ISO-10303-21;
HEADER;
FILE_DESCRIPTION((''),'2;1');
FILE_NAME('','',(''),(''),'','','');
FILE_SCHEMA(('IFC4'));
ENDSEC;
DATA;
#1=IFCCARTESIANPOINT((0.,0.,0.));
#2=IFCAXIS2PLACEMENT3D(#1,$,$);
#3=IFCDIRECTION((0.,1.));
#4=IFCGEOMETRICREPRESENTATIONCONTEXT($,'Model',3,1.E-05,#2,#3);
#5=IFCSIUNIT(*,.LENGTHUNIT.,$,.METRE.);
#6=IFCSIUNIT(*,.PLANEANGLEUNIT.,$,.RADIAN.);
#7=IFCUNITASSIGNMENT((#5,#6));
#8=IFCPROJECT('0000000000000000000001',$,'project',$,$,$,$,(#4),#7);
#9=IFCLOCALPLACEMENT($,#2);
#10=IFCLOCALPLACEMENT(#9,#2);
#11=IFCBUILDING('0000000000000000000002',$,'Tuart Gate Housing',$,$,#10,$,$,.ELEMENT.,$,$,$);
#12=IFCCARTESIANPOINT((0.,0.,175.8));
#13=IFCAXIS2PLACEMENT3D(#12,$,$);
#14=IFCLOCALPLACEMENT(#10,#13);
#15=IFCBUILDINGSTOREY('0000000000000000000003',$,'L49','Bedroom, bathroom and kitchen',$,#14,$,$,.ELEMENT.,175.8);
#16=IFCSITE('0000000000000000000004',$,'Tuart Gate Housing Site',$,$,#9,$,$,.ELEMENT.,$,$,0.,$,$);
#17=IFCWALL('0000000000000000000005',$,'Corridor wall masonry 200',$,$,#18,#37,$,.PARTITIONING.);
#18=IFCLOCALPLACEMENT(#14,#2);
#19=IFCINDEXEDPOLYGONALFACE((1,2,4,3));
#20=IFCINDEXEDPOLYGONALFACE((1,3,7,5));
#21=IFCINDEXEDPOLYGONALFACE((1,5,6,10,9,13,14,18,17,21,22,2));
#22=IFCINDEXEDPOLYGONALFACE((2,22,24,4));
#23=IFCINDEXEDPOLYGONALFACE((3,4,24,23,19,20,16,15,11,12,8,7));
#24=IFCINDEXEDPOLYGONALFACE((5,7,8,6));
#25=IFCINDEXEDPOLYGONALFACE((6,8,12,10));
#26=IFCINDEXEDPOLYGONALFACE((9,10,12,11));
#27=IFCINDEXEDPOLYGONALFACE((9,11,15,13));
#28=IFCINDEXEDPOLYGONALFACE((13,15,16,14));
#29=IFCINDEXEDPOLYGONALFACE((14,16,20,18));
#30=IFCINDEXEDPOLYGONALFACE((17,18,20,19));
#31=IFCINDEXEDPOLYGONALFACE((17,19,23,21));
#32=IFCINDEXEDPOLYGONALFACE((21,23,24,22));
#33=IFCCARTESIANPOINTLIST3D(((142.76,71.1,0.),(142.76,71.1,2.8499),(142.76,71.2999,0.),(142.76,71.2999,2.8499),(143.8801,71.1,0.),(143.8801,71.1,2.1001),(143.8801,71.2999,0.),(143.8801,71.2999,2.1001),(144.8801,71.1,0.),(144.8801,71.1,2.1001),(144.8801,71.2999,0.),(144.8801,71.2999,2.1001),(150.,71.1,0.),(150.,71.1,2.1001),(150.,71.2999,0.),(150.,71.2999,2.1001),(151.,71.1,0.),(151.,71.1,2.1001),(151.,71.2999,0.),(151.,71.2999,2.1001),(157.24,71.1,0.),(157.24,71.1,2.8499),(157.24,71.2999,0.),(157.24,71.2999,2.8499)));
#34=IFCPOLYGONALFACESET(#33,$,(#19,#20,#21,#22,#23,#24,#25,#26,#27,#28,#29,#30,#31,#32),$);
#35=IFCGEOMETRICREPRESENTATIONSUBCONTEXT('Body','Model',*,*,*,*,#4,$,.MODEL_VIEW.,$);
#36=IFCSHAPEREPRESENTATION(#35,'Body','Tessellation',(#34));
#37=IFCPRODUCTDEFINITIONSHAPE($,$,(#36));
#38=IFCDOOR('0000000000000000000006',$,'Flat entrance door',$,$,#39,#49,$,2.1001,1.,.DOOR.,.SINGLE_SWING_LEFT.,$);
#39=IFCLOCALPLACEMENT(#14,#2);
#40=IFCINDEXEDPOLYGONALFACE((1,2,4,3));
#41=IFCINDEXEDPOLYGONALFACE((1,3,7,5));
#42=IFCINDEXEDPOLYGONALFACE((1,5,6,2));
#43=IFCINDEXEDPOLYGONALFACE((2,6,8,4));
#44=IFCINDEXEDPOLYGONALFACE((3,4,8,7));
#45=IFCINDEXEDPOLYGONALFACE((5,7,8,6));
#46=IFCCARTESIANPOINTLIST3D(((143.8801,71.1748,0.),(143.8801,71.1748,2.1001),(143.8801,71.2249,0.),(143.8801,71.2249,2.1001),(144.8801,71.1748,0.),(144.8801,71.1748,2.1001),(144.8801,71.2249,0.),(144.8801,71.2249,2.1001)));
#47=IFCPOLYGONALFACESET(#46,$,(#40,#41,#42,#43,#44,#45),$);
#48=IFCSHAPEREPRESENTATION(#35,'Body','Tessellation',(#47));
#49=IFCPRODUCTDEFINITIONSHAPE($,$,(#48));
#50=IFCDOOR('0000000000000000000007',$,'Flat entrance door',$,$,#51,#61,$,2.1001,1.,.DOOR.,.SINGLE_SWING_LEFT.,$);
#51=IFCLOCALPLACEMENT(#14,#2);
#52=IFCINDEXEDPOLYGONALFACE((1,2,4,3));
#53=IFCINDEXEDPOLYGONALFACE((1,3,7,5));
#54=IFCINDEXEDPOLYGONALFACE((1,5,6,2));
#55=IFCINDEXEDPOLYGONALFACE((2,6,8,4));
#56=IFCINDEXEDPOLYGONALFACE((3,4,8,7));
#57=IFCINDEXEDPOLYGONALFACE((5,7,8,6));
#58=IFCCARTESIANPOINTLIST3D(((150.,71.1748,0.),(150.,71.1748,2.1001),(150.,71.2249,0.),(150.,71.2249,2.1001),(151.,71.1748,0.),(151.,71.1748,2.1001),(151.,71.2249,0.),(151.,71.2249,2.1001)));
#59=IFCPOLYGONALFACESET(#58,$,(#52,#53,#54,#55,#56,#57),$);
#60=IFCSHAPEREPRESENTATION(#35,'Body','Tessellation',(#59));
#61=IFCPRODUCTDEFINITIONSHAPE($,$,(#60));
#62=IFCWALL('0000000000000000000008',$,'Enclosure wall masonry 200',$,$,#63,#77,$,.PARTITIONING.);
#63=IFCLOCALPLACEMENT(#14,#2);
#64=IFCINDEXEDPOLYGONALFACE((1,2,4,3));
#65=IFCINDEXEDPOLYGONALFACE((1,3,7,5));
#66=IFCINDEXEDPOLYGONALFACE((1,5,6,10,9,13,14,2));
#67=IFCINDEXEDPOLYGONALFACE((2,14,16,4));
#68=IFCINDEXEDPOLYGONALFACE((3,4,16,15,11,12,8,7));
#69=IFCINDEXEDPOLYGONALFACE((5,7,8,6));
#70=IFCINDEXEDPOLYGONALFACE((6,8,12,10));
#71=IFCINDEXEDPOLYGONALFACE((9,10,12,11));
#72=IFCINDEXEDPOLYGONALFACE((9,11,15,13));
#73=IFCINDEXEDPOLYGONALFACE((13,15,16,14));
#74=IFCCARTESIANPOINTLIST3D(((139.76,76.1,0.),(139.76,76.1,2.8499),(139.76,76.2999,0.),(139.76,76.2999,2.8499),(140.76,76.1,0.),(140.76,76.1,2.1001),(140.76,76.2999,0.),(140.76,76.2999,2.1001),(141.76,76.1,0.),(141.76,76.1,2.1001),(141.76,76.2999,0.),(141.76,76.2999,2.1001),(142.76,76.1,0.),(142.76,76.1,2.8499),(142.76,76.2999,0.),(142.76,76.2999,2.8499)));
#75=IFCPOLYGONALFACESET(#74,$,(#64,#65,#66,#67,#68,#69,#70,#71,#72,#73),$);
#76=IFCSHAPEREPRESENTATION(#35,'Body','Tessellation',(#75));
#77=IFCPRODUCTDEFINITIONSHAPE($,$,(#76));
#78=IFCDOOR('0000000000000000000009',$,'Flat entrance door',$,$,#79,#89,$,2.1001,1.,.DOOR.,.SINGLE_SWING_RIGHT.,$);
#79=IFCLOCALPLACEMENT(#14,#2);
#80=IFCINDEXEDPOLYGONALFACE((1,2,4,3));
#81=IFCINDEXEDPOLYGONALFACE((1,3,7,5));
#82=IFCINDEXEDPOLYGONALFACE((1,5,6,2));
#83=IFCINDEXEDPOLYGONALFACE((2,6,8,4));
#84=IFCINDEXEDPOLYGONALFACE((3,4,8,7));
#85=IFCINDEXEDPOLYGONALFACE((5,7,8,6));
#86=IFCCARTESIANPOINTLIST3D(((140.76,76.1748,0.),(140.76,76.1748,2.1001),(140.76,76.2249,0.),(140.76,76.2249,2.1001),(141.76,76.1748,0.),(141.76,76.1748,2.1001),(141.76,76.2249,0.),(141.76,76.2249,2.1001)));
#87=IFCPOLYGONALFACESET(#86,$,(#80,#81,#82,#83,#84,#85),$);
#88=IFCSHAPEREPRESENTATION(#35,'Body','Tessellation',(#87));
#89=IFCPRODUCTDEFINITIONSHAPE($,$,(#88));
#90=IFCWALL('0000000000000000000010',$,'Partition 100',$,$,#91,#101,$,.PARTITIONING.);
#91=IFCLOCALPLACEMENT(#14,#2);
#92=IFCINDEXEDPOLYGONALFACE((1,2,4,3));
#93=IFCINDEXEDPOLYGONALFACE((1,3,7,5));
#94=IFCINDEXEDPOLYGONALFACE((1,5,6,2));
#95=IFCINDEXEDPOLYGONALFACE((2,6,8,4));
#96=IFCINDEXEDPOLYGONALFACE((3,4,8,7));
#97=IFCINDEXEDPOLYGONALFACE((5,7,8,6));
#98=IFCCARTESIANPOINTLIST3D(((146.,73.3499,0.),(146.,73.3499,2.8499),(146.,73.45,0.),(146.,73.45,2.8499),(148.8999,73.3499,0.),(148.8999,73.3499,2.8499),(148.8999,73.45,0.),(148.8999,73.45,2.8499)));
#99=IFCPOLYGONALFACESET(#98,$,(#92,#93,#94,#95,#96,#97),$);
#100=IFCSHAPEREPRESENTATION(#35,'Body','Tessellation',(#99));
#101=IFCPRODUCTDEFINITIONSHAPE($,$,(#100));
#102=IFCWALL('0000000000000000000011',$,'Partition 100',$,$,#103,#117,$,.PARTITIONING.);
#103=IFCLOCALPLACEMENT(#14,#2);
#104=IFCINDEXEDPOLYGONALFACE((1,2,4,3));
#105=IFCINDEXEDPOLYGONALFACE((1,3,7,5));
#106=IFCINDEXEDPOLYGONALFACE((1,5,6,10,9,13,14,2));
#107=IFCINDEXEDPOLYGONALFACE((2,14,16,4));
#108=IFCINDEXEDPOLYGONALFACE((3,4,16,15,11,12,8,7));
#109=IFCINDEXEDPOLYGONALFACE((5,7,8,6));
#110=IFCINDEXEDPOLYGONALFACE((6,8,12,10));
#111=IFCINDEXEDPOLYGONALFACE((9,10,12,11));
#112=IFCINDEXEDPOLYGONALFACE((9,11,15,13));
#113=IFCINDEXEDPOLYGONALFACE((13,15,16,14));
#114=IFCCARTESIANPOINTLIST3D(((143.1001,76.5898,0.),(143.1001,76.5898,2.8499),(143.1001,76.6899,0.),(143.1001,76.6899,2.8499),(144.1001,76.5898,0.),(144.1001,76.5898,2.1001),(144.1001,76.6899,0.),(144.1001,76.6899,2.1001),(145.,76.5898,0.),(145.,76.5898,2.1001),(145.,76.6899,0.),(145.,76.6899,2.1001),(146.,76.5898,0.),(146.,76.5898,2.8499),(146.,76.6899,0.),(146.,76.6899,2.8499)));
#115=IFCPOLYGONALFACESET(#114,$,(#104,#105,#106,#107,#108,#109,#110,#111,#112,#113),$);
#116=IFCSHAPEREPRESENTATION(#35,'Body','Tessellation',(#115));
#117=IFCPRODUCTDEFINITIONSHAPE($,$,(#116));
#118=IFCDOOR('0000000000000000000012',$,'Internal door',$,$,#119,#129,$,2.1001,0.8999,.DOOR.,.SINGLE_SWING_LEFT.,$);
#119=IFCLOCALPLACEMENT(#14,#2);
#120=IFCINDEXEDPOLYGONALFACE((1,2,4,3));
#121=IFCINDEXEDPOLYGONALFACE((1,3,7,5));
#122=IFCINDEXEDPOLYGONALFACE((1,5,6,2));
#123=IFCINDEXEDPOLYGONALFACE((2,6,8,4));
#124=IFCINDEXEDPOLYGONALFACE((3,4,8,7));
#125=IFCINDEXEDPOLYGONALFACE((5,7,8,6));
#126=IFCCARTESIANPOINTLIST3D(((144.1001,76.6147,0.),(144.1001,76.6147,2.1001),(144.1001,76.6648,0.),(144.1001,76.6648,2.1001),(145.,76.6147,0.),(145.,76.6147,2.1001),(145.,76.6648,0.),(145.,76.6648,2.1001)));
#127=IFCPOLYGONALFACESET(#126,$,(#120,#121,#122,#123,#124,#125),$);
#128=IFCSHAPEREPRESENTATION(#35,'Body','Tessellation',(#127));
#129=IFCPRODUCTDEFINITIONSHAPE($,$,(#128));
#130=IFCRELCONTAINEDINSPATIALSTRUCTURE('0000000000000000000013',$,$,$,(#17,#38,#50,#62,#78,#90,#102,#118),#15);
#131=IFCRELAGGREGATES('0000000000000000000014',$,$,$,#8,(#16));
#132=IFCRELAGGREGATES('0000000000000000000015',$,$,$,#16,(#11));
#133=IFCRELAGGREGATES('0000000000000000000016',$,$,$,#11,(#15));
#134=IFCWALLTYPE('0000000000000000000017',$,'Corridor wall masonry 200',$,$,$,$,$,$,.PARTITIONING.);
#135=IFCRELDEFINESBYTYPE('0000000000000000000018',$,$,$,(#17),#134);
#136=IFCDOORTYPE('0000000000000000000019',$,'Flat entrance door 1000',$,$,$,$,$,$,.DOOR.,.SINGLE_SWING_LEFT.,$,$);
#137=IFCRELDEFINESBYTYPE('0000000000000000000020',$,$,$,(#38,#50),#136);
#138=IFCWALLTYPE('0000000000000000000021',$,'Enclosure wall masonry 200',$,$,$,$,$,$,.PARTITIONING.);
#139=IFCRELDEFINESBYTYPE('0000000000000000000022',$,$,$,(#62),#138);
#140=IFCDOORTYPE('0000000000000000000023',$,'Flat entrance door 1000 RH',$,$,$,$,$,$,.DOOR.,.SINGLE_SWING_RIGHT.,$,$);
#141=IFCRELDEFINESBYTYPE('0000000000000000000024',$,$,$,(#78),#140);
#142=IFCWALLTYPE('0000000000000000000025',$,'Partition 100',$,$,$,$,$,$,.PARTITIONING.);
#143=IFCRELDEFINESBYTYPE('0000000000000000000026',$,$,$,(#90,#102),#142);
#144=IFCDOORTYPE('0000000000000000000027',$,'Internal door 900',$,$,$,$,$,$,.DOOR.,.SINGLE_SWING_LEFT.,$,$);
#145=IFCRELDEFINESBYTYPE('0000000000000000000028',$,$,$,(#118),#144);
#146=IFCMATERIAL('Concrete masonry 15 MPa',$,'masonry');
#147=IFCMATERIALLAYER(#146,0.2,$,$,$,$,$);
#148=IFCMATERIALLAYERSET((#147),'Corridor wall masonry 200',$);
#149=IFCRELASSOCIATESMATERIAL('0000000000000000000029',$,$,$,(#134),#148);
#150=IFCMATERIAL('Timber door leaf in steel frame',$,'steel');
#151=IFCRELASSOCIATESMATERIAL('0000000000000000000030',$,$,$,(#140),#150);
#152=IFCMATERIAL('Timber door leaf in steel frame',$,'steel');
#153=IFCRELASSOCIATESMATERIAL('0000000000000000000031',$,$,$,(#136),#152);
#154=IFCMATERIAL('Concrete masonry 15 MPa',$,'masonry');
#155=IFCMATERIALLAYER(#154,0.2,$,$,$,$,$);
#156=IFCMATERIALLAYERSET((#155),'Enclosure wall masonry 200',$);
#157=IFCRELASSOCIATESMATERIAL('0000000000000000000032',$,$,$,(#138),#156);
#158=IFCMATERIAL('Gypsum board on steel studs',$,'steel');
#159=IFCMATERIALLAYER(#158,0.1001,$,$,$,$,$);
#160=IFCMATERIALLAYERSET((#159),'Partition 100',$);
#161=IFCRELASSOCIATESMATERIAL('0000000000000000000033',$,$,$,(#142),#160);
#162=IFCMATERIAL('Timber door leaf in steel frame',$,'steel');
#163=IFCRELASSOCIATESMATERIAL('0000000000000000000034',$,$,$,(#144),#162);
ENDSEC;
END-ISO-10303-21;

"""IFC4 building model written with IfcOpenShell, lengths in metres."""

from ifc_helpers import new_model, si_unit, direction, frame, frame_2d, origin, place, context, subcontext, project, spatial, rectangle, extrude, material, layer, layer_set, type_object, element, fill, save


model = new_model("IFC4")

# Units and contexts
model_context = context("Model", 3, precision=1e-05, world=origin(), true_north=direction((0.0, 1.0)))
body_context = subcontext(model_context, "Body", "Model", "MODEL_VIEW")
ifc_project = project(units=[si_unit("LENGTHUNIT", "METRE"), si_unit("PLANEANGLEUNIT", "RADIAN")], contexts=[model_context])

# Site, building, storey
site_placement = place(None, origin())
site = spatial("IfcSite", under=ifc_project, at=site_placement, Name="Tuart Gate Housing Site", CompositionType="ELEMENT", RefElevation=0.0)
building_placement = place(site_placement, origin())
building = spatial("IfcBuilding", under=site, at=building_placement, Name="Tuart Gate Housing", CompositionType="ELEMENT")
storey_placement = place(building_placement, frame((0.0, 0.0, 175.8)))
storey = spatial("IfcBuildingStorey", under=building, at=storey_placement, Name="L49", Description="Bedroom, bathroom and kitchen", CompositionType="ELEMENT", Elevation=175.8)

# Wall, openings, doors
ifc_material_1 = material(Name="Concrete masonry 15 MPa", Category="masonry")
ifc_layer_1 = layer(ifc_material_1, 0.2)
ifc_layer_set_1 = layer_set([ifc_layer_1], Name="Corridor wall masonry 200")
wall_type_1 = type_object("IfcWallType", Name="Corridor wall masonry 200", PredefinedType="PARTITIONING", material=ifc_layer_set_1)
ifc_material_2 = material(Name="Timber door leaf in steel frame", Category="steel")
door_type_1 = type_object("IfcDoorType", Name="Flat entrance door 1000 RH", OperationType="SINGLE_SWING_RIGHT", PredefinedType="DOOR", material=ifc_material_2)
wall_1_placement = place(storey_placement, frame((142.76, 71.2, 0.0), z_axis=(0.0, 0.0, 1.0), x_axis=(1.0, 0.0, 0.0)))
wall_1 = element("IfcWall", 1, at=wall_1_placement, inside=storey, type_object=wall_type_1, Name="Corridor wall masonry 200", PredefinedType="PARTITIONING", context=body_context, shape_type="SweptSolid", body=[
    extrude(rectangle(XDim=14.48, YDim=0.2, at=frame_2d((7.24, 0.0))), origin(), (0.0, 0.0, 1.0), 2.8499),
])
opening_1_placement = place(wall_1_placement, frame((1.1201, 0.0, 0.0)))
opening_1 = element("IfcOpeningElement", 2, at=opening_1_placement, cuts=wall_1, PredefinedType="OPENING", context=body_context, shape_type="SweptSolid", body=[
    extrude(rectangle(XDim=1.0, YDim=2.1001, at=frame_2d((0.5, 1.05))), frame((0.0, 0.1099, 0.0), z_axis=(0.0, -1.0, 0.0), x_axis=(1.0, 0.0, 0.0)), (0.0, 0.0, 1.0), 0.22),
])
opening_2_placement = place(wall_1_placement, frame((7.24, 0.0, 0.0)))
opening_2 = element("IfcOpeningElement", 3, at=opening_2_placement, cuts=wall_1, PredefinedType="OPENING", context=body_context, shape_type="SweptSolid", body=[
    extrude(rectangle(XDim=1.0, YDim=2.1001, at=frame_2d((0.5, 1.05))), frame((0.0, 0.1099, 0.0), z_axis=(0.0, -1.0, 0.0), x_axis=(1.0, 0.0, 0.0)), (0.0, 0.0, 1.0), 0.22),
])
ifc_material_3 = material(Name="Timber door leaf in steel frame", Category="steel")
door_type_2 = type_object("IfcDoorType", Name="Flat entrance door 1000", OperationType="SINGLE_SWING_LEFT", PredefinedType="DOOR", material=ifc_material_3)
door_1_placement = place(opening_1_placement, origin())
door_1 = element("IfcDoor", 4, at=door_1_placement, inside=storey, type_object=door_type_2, Name="Flat entrance door", OperationType="SINGLE_SWING_LEFT", OverallHeight=2.1001, OverallWidth=1.0, PredefinedType="DOOR", context=body_context, shape_type="SweptSolid", body=[
    extrude(rectangle(XDim=1.0, YDim=2.1001, at=frame_2d((0.5, 1.05))), frame((0.0, 0.0249, 0.0), z_axis=(0.0, -1.0, 0.0), x_axis=(1.0, 0.0, 0.0)), (0.0, 0.0, 1.0), 0.05),
])
fill(opening_1, door_1)
door_2_placement = place(opening_2_placement, origin())
door_2 = element("IfcDoor", 5, at=door_2_placement, inside=storey, type_object=door_type_2, Name="Flat entrance door", OperationType="SINGLE_SWING_LEFT", OverallHeight=2.1001, OverallWidth=1.0, PredefinedType="DOOR", context=body_context, shape_type="SweptSolid", body=[
    extrude(rectangle(XDim=1.0, YDim=2.1001, at=frame_2d((0.5, 1.05))), frame((0.0, 0.0249, 0.0), z_axis=(0.0, -1.0, 0.0), x_axis=(1.0, 0.0, 0.0)), (0.0, 0.0, 1.0), 0.05),
])
fill(opening_2, door_2)

# Wall, opening, door
ifc_material_4 = material(Name="Concrete masonry 15 MPa", Category="masonry")
ifc_layer_2 = layer(ifc_material_4, 0.2)
ifc_layer_set_2 = layer_set([ifc_layer_2], Name="Enclosure wall masonry 200")
wall_type_2 = type_object("IfcWallType", Name="Enclosure wall masonry 200", PredefinedType="PARTITIONING", material=ifc_layer_set_2)
wall_2_placement = place(storey_placement, frame((139.76, 76.2, 0.0), z_axis=(0.0, 0.0, 1.0), x_axis=(1.0, 0.0, 0.0)))
wall_2 = element("IfcWall", 6, at=wall_2_placement, inside=storey, type_object=wall_type_2, Name="Enclosure wall masonry 200", PredefinedType="PARTITIONING", context=body_context, shape_type="SweptSolid", body=[
    extrude(rectangle(XDim=3.0, YDim=0.2, at=frame_2d((1.5, 0.0))), origin(), (0.0, 0.0, 1.0), 2.8499),
])
opening_3_placement = place(wall_2_placement, frame((1.0, 0.0, 0.0)))
opening_3 = element("IfcOpeningElement", 7, at=opening_3_placement, cuts=wall_2, PredefinedType="OPENING", context=body_context, shape_type="SweptSolid", body=[
    extrude(rectangle(XDim=1.0, YDim=2.1001, at=frame_2d((0.5, 1.05))), frame((0.0, 0.1099, 0.0), z_axis=(0.0, -1.0, 0.0), x_axis=(1.0, 0.0, 0.0)), (0.0, 0.0, 1.0), 0.22),
])
door_3_placement = place(opening_3_placement, origin())
door_3 = element("IfcDoor", 8, at=door_3_placement, inside=storey, type_object=door_type_1, Name="Flat entrance door", OperationType="SINGLE_SWING_RIGHT", OverallHeight=2.1001, OverallWidth=1.0, PredefinedType="DOOR", context=body_context, shape_type="SweptSolid", body=[
    extrude(rectangle(XDim=1.0, YDim=2.1001, at=frame_2d((0.5, 1.05))), frame((0.0, 0.0249, 0.0), z_axis=(0.0, -1.0, 0.0), x_axis=(1.0, 0.0, 0.0)), (0.0, 0.0, 1.0), 0.05),
])
fill(opening_3, door_3)

# Wall
ifc_material_5 = material(Name="Gypsum board on steel studs", Category="steel")
ifc_layer_3 = layer(ifc_material_5, 0.1001)
ifc_layer_set_3 = layer_set([ifc_layer_3], Name="Partition 100")
wall_type_3 = type_object("IfcWallType", Name="Partition 100", PredefinedType="PARTITIONING", material=ifc_layer_set_3)
wall_3_placement = place(storey_placement, frame((146.0, 73.3999, 0.0), z_axis=(0.0, 0.0, 1.0), x_axis=(1.0, 0.0, 0.0)))
element("IfcWall", 9, at=wall_3_placement, inside=storey, type_object=wall_type_3, Name="Partition 100", PredefinedType="PARTITIONING", context=body_context, shape_type="SweptSolid", body=[
    extrude(rectangle(XDim=2.8999, YDim=0.1001, at=frame_2d((1.45, 0.0))), origin(), (0.0, 0.0, 1.0), 2.8499),
])

# Wall, opening, door
wall_4_placement = place(storey_placement, frame((143.1001, 76.6399, 0.0), z_axis=(0.0, 0.0, 1.0), x_axis=(1.0, 0.0, 0.0)))
wall_4 = element("IfcWall", 10, at=wall_4_placement, inside=storey, type_object=wall_type_3, Name="Partition 100", PredefinedType="PARTITIONING", context=body_context, shape_type="SweptSolid", body=[
    extrude(rectangle(XDim=2.8999, YDim=0.1001, at=frame_2d((1.45, 0.0))), origin(), (0.0, 0.0, 1.0), 2.8499),
])
opening_4_placement = place(wall_4_placement, frame((1.0, 0.0, 0.0)))
opening_4 = element("IfcOpeningElement", 11, at=opening_4_placement, cuts=wall_4, PredefinedType="OPENING", context=body_context, shape_type="SweptSolid", body=[
    extrude(rectangle(XDim=0.8999, YDim=2.1001, at=frame_2d((0.45, 1.05))), frame((0.0, 0.0601, 0.0), z_axis=(0.0, -1.0, 0.0), x_axis=(1.0, 0.0, 0.0)), (0.0, 0.0, 1.0), 0.1201),
])
ifc_material_6 = material(Name="Timber door leaf in steel frame", Category="steel")
door_type_3 = type_object("IfcDoorType", Name="Internal door 900", OperationType="SINGLE_SWING_LEFT", PredefinedType="DOOR", material=ifc_material_6)
door_4_placement = place(opening_4_placement, frame((0.8999, 0.0, 0.0), z_axis=(0.0, 0.0, 1.0), x_axis=(-1.0, 0.0, 0.0)))
door_4 = element("IfcDoor", 12, at=door_4_placement, inside=storey, type_object=door_type_3, Name="Internal door", OperationType="SINGLE_SWING_LEFT", OverallHeight=2.1001, OverallWidth=0.8999, PredefinedType="DOOR", context=body_context, shape_type="SweptSolid", body=[
    extrude(rectangle(XDim=0.8999, YDim=2.1001, at=frame_2d((0.45, 1.05))), frame((0.0, 0.0251, 0.0), z_axis=(0.0, -1.0, 0.0), x_axis=(1.0, 0.0, 0.0)), (0.0, 0.0, 1.0), 0.05),
])
fill(opening_4, door_4)

save(model, "model.ifc")
